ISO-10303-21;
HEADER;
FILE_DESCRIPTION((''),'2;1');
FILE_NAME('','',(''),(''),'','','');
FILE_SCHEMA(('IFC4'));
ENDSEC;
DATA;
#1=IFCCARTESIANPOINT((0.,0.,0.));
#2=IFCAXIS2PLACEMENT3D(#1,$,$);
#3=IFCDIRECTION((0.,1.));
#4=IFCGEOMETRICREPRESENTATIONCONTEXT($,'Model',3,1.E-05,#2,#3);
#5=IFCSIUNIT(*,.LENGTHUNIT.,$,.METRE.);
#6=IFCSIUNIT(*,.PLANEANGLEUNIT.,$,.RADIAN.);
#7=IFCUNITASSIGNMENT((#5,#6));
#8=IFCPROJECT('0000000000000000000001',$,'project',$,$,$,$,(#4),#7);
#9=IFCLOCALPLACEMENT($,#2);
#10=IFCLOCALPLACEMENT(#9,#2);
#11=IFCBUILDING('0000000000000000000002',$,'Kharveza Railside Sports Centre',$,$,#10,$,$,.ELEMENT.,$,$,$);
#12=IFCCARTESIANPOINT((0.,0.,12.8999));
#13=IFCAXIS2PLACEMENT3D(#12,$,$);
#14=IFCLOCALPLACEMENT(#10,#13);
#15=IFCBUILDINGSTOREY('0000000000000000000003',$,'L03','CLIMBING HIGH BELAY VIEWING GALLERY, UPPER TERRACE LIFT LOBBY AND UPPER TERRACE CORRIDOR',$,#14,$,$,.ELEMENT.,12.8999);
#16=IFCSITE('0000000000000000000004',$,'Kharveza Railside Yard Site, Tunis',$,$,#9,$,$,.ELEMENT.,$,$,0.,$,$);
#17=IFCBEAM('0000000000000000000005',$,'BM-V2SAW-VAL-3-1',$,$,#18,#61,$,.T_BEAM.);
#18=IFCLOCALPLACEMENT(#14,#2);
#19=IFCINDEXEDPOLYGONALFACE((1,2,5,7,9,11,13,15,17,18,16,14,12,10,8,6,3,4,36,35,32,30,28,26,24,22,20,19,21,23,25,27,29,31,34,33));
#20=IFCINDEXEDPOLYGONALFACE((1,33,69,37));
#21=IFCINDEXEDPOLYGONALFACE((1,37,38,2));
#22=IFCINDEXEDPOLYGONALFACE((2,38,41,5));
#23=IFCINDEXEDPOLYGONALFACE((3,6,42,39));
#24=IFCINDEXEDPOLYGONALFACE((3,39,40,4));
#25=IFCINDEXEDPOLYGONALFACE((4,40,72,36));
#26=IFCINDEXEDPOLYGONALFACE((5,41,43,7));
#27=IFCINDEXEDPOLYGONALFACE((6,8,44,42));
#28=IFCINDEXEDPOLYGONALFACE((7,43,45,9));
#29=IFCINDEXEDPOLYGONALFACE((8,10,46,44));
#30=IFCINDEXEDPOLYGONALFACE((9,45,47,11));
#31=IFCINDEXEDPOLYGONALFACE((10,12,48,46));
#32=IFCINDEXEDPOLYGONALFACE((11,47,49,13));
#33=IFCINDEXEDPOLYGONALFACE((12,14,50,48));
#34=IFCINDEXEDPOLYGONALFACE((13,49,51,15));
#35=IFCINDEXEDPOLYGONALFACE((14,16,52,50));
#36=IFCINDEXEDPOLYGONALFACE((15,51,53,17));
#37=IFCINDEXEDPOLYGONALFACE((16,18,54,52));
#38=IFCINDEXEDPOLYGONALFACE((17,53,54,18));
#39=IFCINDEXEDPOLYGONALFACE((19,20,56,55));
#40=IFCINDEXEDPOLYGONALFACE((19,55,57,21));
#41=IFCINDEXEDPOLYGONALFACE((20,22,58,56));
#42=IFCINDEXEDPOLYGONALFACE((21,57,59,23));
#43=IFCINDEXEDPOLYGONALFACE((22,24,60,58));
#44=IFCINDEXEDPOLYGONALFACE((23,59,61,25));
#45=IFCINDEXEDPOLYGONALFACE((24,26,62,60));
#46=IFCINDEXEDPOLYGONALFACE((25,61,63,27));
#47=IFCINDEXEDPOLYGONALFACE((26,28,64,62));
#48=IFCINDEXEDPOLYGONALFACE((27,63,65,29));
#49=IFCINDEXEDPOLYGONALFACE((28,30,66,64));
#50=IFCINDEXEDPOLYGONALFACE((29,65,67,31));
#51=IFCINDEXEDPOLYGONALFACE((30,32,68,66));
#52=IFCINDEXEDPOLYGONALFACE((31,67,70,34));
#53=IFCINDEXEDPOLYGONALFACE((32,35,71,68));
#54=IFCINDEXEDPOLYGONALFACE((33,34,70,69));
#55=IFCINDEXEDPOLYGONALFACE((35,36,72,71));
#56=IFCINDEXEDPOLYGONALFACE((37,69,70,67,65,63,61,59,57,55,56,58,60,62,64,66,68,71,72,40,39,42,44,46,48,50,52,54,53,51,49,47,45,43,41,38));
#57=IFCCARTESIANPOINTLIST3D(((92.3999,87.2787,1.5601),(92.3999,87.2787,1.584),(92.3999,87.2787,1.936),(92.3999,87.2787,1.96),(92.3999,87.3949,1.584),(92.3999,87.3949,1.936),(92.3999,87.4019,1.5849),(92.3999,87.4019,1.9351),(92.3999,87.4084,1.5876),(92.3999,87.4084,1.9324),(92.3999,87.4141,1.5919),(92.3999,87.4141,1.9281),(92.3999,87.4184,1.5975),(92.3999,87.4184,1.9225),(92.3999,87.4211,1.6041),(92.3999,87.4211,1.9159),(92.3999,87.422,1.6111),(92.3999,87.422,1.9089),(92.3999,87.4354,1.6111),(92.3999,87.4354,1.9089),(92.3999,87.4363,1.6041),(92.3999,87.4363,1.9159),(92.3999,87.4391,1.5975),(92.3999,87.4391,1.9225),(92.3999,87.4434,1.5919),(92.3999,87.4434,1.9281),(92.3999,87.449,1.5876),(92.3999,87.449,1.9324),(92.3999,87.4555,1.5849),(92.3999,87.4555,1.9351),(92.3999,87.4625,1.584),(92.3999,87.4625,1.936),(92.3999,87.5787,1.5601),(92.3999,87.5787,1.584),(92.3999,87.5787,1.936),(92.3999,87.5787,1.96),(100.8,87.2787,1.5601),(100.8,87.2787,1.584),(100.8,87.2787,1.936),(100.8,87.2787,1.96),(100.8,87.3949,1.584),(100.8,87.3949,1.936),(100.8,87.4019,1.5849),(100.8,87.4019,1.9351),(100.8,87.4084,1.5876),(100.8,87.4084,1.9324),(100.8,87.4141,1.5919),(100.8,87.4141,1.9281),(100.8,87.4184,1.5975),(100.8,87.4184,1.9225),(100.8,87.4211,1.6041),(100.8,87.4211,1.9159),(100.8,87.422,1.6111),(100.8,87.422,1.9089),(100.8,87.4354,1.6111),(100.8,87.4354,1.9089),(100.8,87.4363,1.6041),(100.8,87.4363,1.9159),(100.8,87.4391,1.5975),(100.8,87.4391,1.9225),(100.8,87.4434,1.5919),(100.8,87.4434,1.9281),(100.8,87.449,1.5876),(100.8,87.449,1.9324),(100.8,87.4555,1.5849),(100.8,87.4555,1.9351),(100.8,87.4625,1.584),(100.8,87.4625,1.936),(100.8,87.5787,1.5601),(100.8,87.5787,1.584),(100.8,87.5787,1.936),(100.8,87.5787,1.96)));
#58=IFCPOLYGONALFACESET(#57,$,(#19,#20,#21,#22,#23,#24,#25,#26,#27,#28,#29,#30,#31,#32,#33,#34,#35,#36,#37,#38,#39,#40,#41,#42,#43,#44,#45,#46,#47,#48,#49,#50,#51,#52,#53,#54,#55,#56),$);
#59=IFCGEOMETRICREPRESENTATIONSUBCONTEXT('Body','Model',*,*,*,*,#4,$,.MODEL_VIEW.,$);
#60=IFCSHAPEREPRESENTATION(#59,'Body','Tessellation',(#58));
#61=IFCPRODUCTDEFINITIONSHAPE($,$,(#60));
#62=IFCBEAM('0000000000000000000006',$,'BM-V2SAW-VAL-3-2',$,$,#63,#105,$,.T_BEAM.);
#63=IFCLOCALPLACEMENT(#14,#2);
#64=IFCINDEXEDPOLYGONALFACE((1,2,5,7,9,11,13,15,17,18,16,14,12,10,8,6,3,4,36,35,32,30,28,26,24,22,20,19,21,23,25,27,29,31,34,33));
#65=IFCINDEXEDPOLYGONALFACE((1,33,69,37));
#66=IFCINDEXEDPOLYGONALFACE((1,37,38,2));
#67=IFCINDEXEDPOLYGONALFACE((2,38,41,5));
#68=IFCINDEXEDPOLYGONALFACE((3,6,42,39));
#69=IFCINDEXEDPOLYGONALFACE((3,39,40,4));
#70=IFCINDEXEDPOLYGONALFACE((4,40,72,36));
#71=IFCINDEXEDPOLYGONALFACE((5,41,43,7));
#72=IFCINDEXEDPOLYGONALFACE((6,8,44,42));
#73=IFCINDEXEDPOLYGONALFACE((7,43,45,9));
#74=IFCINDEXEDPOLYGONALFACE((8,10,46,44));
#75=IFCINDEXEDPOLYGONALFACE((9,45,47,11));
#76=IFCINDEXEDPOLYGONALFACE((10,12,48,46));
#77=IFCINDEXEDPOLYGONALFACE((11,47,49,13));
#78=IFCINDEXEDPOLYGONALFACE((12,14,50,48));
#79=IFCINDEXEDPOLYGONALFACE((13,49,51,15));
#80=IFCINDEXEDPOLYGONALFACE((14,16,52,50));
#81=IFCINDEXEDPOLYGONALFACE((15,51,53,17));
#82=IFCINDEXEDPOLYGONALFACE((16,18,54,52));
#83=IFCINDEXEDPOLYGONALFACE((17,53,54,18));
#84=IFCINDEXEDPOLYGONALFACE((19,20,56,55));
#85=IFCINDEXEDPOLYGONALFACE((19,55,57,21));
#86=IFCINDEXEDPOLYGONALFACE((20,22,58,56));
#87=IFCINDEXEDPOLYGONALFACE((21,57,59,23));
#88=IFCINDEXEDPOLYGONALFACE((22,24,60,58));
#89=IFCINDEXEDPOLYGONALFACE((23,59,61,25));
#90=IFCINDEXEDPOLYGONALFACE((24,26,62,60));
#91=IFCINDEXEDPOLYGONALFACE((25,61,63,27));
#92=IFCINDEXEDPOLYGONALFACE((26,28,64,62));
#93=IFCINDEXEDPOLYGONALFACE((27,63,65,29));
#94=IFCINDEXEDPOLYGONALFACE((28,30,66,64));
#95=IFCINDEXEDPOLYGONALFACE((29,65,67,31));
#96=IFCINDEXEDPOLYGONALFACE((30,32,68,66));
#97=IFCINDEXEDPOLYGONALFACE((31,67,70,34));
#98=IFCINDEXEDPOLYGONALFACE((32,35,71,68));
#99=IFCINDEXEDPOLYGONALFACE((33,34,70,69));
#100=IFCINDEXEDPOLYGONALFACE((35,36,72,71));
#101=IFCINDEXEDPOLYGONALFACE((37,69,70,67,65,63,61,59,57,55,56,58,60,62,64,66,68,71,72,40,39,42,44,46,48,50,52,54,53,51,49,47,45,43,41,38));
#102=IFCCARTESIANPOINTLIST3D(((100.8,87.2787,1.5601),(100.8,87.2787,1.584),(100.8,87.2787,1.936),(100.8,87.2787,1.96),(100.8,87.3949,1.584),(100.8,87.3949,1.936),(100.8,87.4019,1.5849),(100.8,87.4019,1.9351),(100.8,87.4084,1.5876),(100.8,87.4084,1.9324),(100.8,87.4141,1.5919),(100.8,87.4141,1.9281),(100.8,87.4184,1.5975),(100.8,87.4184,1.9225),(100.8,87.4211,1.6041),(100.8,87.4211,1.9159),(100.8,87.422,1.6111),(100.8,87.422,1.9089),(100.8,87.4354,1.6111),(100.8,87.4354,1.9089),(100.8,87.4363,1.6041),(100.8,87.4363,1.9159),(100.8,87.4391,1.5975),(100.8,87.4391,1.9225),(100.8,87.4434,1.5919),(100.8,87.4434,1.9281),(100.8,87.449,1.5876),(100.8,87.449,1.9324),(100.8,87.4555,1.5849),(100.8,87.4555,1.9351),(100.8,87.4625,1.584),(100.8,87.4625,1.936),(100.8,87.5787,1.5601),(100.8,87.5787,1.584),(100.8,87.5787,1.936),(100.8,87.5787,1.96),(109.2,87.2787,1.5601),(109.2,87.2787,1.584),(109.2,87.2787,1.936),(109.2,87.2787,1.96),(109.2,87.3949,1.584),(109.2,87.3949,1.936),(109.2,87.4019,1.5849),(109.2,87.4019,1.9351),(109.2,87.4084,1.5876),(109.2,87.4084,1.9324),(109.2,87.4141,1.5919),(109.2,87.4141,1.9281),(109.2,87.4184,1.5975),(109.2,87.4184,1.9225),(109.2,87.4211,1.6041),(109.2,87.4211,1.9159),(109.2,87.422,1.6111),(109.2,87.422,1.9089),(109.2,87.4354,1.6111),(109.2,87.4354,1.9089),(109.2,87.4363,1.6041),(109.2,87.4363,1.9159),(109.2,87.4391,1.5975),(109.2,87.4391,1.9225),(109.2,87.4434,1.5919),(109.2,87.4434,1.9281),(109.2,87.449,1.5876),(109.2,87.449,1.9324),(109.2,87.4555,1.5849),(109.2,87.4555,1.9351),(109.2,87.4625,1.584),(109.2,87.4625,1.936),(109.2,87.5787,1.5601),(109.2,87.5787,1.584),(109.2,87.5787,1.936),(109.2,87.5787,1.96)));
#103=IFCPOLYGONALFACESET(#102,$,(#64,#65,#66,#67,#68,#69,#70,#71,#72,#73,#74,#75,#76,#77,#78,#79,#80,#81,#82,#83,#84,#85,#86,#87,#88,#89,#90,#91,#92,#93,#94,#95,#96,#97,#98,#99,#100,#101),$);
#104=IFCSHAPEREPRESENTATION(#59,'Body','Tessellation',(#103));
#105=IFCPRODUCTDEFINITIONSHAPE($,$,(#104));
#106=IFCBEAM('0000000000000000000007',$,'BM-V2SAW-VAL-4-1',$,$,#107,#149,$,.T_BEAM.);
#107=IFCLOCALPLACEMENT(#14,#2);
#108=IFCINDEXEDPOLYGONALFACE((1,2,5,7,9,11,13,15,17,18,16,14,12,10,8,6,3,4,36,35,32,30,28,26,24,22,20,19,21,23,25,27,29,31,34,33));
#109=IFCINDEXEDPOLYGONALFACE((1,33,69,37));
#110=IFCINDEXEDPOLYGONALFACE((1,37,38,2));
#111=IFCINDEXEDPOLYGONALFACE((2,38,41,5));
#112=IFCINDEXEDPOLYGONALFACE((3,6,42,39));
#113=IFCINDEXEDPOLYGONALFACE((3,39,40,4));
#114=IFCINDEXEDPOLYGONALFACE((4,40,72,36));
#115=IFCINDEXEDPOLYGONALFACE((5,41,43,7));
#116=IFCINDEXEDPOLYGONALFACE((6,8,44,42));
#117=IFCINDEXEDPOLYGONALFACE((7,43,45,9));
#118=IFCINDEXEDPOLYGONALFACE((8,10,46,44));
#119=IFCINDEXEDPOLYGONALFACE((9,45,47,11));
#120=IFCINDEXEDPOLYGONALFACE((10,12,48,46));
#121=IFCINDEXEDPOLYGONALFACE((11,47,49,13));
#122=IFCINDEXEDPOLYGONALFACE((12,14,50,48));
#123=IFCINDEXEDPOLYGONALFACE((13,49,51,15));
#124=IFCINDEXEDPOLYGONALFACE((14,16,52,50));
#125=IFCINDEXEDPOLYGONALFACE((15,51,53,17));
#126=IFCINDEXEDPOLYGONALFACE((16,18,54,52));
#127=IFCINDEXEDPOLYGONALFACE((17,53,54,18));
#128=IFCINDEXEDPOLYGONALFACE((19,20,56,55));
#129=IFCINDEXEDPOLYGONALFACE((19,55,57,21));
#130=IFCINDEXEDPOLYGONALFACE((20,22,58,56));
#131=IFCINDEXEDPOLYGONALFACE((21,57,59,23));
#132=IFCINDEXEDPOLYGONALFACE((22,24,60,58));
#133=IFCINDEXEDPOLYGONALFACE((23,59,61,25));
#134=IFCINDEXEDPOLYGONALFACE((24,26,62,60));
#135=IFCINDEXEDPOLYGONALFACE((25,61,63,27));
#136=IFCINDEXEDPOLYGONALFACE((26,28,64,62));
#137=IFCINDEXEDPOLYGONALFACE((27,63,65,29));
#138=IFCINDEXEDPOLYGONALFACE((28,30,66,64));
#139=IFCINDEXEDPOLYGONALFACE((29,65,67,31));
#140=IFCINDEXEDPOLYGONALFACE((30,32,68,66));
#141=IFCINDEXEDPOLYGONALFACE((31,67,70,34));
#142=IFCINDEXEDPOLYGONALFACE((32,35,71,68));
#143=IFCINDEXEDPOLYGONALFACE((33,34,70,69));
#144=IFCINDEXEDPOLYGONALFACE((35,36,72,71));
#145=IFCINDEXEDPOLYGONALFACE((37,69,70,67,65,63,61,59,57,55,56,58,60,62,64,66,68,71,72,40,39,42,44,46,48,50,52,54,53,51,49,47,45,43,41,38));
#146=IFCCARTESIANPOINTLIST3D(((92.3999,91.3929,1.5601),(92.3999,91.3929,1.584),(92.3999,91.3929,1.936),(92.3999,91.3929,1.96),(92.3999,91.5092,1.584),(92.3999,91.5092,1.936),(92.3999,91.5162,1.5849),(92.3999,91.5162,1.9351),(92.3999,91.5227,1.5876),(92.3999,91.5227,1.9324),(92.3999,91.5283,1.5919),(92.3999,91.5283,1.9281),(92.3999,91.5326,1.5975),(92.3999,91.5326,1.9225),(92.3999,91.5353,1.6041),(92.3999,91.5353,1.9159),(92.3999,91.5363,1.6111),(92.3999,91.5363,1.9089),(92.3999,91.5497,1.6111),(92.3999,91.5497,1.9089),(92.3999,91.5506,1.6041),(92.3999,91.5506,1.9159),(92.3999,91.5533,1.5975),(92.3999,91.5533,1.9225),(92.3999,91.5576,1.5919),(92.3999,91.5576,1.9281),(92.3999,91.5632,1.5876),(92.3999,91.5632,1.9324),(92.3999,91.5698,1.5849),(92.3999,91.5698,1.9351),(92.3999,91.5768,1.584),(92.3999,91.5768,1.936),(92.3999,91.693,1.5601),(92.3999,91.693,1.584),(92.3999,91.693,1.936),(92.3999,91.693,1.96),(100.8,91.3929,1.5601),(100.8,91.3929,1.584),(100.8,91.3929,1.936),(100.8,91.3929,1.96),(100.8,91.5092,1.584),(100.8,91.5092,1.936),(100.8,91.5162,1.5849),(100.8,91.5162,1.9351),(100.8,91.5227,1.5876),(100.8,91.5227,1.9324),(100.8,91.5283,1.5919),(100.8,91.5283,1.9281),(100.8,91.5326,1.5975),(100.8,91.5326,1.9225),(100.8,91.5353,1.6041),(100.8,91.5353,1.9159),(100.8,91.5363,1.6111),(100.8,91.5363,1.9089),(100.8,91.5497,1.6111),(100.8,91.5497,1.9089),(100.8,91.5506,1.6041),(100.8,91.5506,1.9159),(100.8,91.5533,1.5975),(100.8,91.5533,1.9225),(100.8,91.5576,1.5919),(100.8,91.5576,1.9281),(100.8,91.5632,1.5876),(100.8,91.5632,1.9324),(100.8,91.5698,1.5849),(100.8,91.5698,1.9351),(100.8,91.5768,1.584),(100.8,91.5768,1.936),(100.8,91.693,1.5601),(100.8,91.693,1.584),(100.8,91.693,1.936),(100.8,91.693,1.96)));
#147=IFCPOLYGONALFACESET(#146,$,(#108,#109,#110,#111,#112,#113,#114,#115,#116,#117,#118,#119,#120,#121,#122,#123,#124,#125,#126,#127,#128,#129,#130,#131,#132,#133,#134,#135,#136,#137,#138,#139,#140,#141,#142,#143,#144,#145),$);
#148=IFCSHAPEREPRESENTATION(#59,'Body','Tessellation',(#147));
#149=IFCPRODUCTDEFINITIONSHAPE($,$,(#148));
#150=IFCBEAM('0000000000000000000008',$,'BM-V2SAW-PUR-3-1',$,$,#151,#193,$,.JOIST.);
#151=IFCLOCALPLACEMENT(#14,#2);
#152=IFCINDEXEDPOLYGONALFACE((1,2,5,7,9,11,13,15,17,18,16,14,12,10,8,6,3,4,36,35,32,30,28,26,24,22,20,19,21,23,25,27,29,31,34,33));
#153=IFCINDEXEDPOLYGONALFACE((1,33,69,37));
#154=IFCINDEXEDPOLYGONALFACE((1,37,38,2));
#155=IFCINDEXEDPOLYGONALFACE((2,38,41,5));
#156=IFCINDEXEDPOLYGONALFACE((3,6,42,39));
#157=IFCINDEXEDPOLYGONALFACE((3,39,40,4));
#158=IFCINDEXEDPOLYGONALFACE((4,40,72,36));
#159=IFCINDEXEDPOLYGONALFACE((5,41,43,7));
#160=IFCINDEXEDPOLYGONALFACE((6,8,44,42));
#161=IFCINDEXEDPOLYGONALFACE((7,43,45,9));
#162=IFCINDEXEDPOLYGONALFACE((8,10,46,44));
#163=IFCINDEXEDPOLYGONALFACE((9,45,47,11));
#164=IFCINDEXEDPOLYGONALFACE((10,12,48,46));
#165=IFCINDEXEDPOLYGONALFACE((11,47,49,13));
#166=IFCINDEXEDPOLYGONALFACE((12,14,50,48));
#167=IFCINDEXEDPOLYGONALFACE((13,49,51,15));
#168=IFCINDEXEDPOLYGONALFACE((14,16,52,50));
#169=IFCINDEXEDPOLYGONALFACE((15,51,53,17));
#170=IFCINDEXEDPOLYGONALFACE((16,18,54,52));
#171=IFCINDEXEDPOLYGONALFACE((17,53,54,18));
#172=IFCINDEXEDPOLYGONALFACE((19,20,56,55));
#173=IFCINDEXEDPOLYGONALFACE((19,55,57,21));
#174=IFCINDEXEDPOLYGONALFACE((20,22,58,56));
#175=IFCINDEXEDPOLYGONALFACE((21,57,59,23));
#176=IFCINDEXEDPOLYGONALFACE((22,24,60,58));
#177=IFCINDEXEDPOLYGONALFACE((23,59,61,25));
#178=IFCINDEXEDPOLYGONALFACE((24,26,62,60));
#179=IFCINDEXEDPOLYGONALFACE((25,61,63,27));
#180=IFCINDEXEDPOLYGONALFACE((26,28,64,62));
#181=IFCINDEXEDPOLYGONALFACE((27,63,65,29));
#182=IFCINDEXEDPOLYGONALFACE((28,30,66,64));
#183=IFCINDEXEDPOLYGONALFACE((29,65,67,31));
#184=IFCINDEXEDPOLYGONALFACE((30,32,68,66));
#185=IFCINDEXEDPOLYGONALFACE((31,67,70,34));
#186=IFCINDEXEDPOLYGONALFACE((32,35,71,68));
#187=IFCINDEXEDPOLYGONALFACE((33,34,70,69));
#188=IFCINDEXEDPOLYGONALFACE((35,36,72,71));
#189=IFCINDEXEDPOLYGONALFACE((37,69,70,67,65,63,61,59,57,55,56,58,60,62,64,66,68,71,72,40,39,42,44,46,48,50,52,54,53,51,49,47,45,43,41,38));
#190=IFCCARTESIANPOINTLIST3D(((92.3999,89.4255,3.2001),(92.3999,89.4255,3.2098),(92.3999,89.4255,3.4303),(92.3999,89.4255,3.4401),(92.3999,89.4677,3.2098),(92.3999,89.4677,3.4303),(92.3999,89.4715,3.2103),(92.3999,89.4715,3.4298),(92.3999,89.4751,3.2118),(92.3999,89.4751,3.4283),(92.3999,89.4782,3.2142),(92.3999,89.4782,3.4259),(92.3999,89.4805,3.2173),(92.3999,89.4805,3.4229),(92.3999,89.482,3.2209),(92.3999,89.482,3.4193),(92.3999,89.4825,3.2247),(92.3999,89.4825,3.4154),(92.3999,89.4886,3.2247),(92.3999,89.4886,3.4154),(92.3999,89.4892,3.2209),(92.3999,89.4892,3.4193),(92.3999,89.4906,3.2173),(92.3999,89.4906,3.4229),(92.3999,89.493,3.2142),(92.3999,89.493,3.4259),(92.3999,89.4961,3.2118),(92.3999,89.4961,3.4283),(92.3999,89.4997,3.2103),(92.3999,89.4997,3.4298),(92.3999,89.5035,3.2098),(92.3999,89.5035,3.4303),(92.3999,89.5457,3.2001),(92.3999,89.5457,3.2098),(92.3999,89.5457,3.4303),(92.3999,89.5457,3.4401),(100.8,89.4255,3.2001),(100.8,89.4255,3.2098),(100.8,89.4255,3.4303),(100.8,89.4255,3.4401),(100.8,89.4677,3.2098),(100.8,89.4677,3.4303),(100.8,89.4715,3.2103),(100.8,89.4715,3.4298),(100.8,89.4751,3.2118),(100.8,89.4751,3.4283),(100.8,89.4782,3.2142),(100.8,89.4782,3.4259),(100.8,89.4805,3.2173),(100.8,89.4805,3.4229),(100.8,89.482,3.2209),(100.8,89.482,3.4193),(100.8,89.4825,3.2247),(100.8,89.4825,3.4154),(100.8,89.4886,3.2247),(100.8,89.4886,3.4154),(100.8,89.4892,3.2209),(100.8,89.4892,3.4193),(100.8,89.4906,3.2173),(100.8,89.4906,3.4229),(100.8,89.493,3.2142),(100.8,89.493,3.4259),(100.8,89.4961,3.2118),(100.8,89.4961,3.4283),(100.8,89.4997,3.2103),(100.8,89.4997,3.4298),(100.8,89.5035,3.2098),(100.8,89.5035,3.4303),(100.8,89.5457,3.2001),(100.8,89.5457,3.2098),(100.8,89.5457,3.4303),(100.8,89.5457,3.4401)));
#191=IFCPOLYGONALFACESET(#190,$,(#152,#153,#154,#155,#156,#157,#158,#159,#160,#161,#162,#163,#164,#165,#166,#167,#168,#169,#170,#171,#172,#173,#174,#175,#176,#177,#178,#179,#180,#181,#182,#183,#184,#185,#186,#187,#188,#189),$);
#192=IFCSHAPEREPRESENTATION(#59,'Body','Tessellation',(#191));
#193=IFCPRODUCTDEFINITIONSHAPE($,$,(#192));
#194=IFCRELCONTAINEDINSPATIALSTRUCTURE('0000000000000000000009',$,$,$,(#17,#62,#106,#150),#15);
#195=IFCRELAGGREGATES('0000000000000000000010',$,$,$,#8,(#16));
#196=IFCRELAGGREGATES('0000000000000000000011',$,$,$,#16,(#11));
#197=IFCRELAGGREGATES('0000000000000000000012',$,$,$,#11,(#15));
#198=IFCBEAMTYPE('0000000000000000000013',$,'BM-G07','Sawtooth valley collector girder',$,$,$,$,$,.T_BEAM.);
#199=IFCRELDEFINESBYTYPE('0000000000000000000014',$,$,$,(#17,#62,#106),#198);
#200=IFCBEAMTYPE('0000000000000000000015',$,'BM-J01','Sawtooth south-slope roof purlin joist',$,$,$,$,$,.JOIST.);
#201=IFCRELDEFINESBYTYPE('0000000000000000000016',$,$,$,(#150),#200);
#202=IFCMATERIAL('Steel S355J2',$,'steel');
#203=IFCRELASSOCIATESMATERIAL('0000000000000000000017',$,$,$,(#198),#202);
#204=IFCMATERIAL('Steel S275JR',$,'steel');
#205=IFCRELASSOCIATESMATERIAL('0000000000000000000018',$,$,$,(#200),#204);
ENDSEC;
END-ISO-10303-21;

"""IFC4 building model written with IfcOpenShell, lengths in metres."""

from ifc_helpers import new_model, si_unit, direction, frame, origin, origin_2d, place, context, subcontext, project, spatial, i_section, extrude, material, material_profile, profile_set, type_object, element, save


model = new_model("IFC4")

# Units and contexts
model_context = context("Model", 3, precision=1e-05, world=origin(), true_north=direction((0.0, 1.0)))
body_context = subcontext(model_context, "Body", "Model", "MODEL_VIEW")
ifc_project = project(units=[si_unit("LENGTHUNIT", "METRE"), si_unit("PLANEANGLEUNIT", "RADIAN")], contexts=[model_context])

# Site, building, storey
site_placement = place(None, origin())
site = spatial("IfcSite", under=ifc_project, at=site_placement, Name="Kharveza Railside Yard Site, Tunis", CompositionType="ELEMENT", RefElevation=0.0)
building_placement = place(site_placement, origin())
building = spatial("IfcBuilding", under=site, at=building_placement, Name="Kharveza Railside Sports Centre", CompositionType="ELEMENT")
storey_placement = place(building_placement, frame((0.0, 0.0, 12.8999)))
storey = spatial("IfcBuildingStorey", under=building, at=storey_placement, Name="L03", Description="CLIMBING HIGH BELAY VIEWING GALLERY, UPPER TERRACE LIFT LOBBY AND UPPER TERRACE CORRIDOR", CompositionType="ELEMENT", Elevation=12.8999)

# Beams
ifc_material_1 = material(Name="Steel S355J2", Category="steel")
ifc_material_profile_1 = material_profile(ifc_material_1, i_section(OverallWidth=0.3, OverallDepth=0.3999, WebThickness=0.0134, FlangeThickness=0.0239, FilletRadius=0.0271, at=origin_2d()), Name="HEB 400")
ifc_profile_set_1 = profile_set([ifc_material_profile_1], Name="Steel S355J2")
beam_type_1 = type_object("IfcBeamType", Name="BM-G07", Description="Sawtooth valley collector girder", PredefinedType="T_BEAM", material=ifc_profile_set_1)
beam_1_placement = place(storey_placement, frame((92.3999, 87.4287, 1.76), z_axis=(1.0, 0.0, 0.0), x_axis=(0.0, 1.0, 0.0)))
element("IfcBeam", 1, at=beam_1_placement, inside=storey, type_object=beam_type_1, Name="BM-V2SAW-VAL-3-1", PredefinedType="T_BEAM", context=body_context, shape_type="SweptSolid", body=[
    extrude(i_section(OverallWidth=0.3, OverallDepth=0.3999, WebThickness=0.0134, FlangeThickness=0.0239, FilletRadius=0.0271, at=origin_2d()), origin(), (0.0, 0.0, 1.0), 8.4001),
])
beam_2_placement = place(storey_placement, frame((100.8, 87.4287, 1.76), z_axis=(1.0, 0.0, 0.0), x_axis=(0.0, 1.0, 0.0)))
element("IfcBeam", 2, at=beam_2_placement, inside=storey, type_object=beam_type_1, Name="BM-V2SAW-VAL-3-2", PredefinedType="T_BEAM", context=body_context, shape_type="SweptSolid", body=[
    extrude(i_section(OverallWidth=0.3, OverallDepth=0.3999, WebThickness=0.0134, FlangeThickness=0.0239, FilletRadius=0.0271, at=origin_2d()), origin(), (0.0, 0.0, 1.0), 8.3999),
])
beam_3_placement = place(storey_placement, frame((92.3999, 91.543, 1.76), z_axis=(1.0, 0.0, 0.0), x_axis=(0.0, 1.0, 0.0)))
element("IfcBeam", 3, at=beam_3_placement, inside=storey, type_object=beam_type_1, Name="BM-V2SAW-VAL-4-1", PredefinedType="T_BEAM", context=body_context, shape_type="SweptSolid", body=[
    extrude(i_section(OverallWidth=0.3, OverallDepth=0.3999, WebThickness=0.0134, FlangeThickness=0.0239, FilletRadius=0.0271, at=origin_2d()), origin(), (0.0, 0.0, 1.0), 8.4001),
])
ifc_material_2 = material(Name="Steel S275JR", Category="steel")
ifc_material_profile_2 = material_profile(ifc_material_2, i_section(OverallWidth=0.1201, OverallDepth=0.24, WebThickness=0.0061, FlangeThickness=0.0098, FilletRadius=0.0149, at=origin_2d()), Name="IPE 240")
ifc_profile_set_2 = profile_set([ifc_material_profile_2], Name="Steel S275JR")
beam_type_2 = type_object("IfcBeamType", Name="BM-J01", Description="Sawtooth south-slope roof purlin joist", PredefinedType="JOIST", material=ifc_profile_set_2)
beam_4_placement = place(storey_placement, frame((92.3999, 89.4856, 3.3201), z_axis=(1.0, 0.0, 0.0), x_axis=(0.0, 1.0, 0.0)))
element("IfcBeam", 4, at=beam_4_placement, inside=storey, type_object=beam_type_2, Name="BM-V2SAW-PUR-3-1", PredefinedType="JOIST", context=body_context, shape_type="SweptSolid", body=[
    extrude(i_section(OverallWidth=0.1201, OverallDepth=0.24, WebThickness=0.0061, FlangeThickness=0.0098, FilletRadius=0.0149, at=origin_2d()), origin(), (0.0, 0.0, 1.0), 8.4001),
])

save(model, "model.ifc")
